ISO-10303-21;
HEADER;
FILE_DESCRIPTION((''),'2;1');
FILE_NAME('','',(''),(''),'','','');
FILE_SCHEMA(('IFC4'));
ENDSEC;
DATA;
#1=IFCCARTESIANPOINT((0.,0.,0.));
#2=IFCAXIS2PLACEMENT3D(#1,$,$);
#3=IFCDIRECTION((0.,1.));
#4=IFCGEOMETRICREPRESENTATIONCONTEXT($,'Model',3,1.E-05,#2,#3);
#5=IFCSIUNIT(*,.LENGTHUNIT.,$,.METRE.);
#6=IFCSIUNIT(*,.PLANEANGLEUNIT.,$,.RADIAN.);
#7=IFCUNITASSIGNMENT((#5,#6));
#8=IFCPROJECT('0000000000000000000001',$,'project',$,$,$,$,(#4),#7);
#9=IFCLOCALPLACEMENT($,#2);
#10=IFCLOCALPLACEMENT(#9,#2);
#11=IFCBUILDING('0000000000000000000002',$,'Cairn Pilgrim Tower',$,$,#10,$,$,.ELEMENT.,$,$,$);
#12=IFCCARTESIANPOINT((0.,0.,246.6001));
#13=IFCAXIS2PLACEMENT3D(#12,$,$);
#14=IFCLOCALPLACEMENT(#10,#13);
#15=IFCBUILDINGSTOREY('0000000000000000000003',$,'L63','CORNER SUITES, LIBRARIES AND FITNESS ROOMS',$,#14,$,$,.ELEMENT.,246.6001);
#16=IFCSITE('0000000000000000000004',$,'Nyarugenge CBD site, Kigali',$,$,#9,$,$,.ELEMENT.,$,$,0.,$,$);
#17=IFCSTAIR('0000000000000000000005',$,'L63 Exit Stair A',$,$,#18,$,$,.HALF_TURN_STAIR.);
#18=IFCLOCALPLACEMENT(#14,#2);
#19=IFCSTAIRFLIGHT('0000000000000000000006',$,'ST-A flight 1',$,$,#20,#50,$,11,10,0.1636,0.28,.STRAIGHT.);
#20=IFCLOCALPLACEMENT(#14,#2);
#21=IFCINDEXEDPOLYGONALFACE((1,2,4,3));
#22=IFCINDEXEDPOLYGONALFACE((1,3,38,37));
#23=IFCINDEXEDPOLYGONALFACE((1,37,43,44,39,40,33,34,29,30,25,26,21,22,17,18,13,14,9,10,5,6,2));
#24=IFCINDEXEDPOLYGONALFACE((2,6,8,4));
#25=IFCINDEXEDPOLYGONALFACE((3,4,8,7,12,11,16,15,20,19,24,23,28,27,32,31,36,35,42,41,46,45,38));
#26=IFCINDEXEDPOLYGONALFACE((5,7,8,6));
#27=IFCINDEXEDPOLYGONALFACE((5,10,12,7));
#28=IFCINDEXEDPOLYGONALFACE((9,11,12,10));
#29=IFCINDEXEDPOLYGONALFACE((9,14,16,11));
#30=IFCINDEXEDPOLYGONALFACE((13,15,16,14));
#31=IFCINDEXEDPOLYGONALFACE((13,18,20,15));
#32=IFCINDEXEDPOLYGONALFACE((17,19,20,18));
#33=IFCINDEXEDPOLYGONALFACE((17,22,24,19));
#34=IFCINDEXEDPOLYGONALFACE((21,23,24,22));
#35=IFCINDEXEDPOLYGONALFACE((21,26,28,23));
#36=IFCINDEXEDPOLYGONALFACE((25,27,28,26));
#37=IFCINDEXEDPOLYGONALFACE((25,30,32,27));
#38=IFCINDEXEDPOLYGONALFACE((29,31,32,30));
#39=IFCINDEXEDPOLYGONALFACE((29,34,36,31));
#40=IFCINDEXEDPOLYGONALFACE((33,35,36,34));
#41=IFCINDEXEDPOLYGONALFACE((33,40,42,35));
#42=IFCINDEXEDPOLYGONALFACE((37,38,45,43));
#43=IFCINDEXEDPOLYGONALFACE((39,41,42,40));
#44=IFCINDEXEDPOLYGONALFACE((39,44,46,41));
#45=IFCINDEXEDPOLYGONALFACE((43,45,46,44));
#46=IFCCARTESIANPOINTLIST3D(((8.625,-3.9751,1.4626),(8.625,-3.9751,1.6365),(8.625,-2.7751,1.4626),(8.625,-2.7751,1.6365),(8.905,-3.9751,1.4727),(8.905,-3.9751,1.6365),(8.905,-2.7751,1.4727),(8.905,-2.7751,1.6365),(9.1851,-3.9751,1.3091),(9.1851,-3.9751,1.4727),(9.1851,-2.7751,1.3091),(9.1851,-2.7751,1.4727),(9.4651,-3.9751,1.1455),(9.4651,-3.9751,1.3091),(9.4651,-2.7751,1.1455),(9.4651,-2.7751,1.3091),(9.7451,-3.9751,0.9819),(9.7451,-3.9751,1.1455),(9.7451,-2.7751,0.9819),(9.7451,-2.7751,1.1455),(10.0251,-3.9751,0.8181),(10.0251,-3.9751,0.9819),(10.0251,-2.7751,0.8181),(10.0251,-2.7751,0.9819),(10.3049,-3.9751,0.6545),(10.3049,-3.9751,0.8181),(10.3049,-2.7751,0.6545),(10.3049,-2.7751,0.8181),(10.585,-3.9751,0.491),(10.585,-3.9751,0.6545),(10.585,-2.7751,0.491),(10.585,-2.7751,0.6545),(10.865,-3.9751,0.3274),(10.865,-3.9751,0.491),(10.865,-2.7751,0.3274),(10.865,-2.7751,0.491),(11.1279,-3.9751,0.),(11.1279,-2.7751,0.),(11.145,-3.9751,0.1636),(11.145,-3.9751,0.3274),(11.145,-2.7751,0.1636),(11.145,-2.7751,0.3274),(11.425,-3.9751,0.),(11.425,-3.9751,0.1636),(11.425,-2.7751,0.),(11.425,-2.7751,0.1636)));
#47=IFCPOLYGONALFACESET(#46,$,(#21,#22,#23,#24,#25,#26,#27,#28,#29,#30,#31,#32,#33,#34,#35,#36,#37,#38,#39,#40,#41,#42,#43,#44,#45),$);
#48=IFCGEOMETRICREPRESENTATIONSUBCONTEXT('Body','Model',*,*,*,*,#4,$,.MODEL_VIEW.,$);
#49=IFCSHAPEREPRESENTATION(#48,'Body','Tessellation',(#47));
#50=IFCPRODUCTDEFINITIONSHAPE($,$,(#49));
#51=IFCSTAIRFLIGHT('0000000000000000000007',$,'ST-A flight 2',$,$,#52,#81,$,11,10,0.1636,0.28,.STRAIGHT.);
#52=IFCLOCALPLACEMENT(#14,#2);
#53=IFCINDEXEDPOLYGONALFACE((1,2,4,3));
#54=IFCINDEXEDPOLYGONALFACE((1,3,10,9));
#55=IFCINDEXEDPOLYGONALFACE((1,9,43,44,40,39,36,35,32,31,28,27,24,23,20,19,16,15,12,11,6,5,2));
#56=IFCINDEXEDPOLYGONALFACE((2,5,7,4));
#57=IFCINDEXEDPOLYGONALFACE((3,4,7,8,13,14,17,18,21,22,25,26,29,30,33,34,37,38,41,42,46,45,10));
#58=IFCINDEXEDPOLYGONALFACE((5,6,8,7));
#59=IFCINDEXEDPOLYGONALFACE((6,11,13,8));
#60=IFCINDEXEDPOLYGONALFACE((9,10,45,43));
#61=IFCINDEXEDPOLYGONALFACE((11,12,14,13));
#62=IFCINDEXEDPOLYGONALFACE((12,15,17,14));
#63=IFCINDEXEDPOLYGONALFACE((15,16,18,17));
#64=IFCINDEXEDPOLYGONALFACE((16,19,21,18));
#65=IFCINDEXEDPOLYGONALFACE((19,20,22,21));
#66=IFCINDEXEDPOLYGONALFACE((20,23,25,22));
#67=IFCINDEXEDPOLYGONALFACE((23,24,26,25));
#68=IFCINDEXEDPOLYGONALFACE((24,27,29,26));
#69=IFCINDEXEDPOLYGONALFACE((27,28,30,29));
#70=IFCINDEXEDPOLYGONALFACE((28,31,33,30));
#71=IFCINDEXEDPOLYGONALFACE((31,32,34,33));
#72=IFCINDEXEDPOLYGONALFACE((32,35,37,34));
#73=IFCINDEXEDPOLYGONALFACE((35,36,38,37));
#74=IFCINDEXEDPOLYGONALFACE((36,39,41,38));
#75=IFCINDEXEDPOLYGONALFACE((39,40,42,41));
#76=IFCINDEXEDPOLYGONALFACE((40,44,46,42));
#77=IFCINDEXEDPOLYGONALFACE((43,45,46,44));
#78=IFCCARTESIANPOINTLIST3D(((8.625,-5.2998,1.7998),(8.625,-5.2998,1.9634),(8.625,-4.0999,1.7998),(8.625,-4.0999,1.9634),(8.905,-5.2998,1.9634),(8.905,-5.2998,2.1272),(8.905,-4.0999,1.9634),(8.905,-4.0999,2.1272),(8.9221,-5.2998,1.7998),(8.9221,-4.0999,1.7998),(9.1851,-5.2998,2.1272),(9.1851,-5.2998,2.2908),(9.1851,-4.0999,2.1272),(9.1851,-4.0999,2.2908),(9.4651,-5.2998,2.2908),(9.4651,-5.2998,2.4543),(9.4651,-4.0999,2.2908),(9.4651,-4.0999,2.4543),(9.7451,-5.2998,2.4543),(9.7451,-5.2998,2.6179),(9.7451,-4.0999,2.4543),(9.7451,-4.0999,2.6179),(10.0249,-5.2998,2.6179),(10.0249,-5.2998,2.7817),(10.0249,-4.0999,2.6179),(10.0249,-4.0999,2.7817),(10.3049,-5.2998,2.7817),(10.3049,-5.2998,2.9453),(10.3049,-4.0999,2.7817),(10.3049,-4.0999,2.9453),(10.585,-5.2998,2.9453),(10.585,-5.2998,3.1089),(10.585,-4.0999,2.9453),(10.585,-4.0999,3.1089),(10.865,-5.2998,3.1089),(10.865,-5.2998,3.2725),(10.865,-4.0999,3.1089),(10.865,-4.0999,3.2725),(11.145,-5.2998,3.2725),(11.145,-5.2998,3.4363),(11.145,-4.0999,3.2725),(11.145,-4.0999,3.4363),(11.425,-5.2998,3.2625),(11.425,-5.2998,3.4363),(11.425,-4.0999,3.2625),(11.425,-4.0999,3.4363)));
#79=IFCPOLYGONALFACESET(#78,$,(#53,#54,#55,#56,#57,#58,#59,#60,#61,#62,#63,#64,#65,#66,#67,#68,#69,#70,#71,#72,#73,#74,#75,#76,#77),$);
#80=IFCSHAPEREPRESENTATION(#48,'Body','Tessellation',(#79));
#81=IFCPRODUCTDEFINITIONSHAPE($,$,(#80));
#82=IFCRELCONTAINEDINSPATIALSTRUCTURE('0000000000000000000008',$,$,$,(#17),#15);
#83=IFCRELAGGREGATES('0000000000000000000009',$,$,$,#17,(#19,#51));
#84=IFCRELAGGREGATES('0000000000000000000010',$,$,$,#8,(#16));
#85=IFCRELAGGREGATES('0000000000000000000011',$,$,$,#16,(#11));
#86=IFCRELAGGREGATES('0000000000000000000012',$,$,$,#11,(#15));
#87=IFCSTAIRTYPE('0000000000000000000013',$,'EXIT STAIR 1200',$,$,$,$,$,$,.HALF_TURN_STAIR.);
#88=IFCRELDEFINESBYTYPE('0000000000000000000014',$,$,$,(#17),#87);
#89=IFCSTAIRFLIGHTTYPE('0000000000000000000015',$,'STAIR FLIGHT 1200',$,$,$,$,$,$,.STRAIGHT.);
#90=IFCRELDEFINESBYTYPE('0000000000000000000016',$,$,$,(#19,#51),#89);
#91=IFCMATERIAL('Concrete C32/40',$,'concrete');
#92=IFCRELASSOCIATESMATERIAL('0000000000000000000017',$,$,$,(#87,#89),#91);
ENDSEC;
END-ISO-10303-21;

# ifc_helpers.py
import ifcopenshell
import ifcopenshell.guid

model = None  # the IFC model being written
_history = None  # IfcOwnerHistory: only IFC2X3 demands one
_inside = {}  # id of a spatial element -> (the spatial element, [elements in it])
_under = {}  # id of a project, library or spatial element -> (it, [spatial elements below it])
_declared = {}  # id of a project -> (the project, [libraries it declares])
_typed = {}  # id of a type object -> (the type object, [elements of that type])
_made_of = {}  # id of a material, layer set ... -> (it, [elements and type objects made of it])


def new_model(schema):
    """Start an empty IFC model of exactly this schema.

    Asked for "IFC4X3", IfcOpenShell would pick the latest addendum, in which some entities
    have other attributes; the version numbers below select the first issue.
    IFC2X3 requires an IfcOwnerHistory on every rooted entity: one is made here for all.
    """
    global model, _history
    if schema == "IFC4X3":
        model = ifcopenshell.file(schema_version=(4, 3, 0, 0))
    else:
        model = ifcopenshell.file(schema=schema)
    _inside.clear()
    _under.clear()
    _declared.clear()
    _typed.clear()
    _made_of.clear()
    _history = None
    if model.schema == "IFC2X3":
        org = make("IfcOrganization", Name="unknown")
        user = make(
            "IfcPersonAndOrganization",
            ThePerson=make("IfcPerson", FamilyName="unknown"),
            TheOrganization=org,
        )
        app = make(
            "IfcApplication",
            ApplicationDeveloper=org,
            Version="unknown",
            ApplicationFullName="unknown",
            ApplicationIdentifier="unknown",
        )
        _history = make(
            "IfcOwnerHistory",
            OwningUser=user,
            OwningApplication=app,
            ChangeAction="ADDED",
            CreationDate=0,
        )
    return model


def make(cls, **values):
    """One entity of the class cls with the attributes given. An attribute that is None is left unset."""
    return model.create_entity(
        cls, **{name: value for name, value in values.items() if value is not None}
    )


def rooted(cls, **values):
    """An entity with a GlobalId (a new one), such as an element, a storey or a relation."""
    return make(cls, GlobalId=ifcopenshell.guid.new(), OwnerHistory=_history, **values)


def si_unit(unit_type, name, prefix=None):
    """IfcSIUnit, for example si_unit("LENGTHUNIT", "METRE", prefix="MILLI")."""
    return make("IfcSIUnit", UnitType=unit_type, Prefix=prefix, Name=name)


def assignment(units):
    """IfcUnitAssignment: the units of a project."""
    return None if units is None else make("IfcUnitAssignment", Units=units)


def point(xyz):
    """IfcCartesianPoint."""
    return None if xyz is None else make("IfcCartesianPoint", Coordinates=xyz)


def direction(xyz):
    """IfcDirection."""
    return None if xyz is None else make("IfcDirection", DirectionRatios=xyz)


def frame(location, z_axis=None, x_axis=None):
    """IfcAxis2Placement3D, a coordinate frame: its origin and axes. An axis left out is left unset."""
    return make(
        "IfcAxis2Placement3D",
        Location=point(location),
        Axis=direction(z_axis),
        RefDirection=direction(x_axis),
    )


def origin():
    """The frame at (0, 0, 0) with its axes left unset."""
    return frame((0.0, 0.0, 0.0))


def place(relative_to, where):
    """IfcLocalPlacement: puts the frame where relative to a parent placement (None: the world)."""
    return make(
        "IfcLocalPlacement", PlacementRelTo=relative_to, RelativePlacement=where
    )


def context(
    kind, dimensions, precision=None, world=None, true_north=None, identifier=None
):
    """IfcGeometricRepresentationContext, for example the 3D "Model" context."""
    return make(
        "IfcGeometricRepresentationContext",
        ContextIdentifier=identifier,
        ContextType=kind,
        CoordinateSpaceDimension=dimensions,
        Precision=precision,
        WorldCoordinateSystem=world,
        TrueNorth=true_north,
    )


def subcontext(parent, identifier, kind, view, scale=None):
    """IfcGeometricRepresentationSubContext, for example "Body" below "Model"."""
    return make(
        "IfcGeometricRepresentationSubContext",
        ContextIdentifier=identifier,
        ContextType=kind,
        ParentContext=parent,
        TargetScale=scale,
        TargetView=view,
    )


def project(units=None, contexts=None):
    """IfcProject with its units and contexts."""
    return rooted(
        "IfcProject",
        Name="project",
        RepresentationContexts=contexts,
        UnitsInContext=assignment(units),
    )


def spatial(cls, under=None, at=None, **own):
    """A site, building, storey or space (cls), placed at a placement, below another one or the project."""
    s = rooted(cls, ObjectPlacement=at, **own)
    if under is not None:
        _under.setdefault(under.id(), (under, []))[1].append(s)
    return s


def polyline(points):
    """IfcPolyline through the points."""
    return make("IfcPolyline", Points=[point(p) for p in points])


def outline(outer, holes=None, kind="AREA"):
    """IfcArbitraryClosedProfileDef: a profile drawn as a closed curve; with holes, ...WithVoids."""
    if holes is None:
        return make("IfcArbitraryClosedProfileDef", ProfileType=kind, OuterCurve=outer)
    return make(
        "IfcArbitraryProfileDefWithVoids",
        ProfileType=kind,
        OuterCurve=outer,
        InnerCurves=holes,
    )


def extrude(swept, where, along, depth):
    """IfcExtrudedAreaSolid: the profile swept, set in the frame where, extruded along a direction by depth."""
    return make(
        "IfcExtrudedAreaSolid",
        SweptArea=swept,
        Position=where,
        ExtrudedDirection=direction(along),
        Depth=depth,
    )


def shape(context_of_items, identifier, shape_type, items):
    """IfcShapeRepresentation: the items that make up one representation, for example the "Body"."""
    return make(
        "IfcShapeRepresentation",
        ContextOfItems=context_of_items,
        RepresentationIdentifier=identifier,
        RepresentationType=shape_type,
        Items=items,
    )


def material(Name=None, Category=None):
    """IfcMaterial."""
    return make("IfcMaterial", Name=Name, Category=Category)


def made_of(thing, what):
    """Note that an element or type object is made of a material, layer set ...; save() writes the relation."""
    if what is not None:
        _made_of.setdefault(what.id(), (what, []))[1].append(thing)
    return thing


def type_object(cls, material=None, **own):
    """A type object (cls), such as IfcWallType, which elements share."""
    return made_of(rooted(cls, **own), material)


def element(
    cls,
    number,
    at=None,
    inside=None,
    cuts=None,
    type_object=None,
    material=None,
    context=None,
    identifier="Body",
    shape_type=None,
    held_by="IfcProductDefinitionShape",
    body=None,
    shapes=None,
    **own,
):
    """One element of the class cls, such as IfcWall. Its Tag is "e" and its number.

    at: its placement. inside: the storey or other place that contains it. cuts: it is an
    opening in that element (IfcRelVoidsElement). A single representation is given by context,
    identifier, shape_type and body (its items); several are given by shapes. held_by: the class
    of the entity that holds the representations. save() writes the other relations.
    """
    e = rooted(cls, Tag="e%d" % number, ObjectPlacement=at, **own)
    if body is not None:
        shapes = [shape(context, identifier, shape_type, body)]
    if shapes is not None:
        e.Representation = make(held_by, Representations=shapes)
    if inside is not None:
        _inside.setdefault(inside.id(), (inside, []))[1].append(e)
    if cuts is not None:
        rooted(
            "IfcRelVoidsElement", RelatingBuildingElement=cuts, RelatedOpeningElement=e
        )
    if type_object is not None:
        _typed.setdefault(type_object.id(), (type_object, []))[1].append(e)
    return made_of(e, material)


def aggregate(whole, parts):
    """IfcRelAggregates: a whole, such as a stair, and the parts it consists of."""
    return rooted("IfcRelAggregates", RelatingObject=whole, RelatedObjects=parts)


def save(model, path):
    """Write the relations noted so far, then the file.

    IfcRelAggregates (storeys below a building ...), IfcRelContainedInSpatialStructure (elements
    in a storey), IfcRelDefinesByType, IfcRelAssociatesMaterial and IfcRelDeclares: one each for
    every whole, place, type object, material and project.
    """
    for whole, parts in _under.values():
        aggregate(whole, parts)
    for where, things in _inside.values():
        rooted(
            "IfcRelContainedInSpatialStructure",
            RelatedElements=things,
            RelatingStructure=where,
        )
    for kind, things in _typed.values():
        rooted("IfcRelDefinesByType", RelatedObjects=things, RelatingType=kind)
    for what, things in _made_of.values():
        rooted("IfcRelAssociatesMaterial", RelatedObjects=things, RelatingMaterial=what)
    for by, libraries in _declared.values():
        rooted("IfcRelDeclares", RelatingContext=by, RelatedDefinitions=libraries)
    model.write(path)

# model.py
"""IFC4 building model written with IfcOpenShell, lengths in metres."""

from ifc_helpers import new_model, si_unit, direction, frame, origin, place, context, subcontext, project, spatial, polyline, outline, extrude, material, type_object, element, aggregate, save


model = new_model("IFC4")

# Units and contexts
model_context = context("Model", 3, precision=1e-05, world=origin(), true_north=direction((0.0, 1.0)))
body_context = subcontext(model_context, "Body", "Model", "MODEL_VIEW")
ifc_project = project(units=[si_unit("LENGTHUNIT", "METRE"), si_unit("PLANEANGLEUNIT", "RADIAN")], contexts=[model_context])

# Site, building, storey
site_placement = place(None, origin())
site = spatial("IfcSite", under=ifc_project, at=site_placement, Name="Nyarugenge CBD site, Kigali", CompositionType="ELEMENT", RefElevation=0.0)
building_placement = place(site_placement, origin())
building = spatial("IfcBuilding", under=site, at=building_placement, Name="Cairn Pilgrim Tower", CompositionType="ELEMENT")
storey_placement = place(building_placement, frame((0.0, 0.0, 246.6001)))
storey = spatial("IfcBuildingStorey", under=building, at=storey_placement, Name="L63", Description="CORNER SUITES, LIBRARIES AND FITNESS ROOMS", CompositionType="ELEMENT", Elevation=246.6001)

# Stair
ifc_material_1 = material(Name="Concrete C32/40", Category="concrete")
stair_type = type_object("IfcStairType", Name="EXIT STAIR 1200", PredefinedType="HALF_TURN_STAIR", material=ifc_material_1)
stair_1_placement = place(storey_placement, origin())
stair_1 = element("IfcStair", 1, at=stair_1_placement, inside=storey, type_object=stair_type, Name="L63 Exit Stair A", PredefinedType="HALF_TURN_STAIR")

# Stair flights
stair_flight_type = type_object("IfcStairFlightType", Name="STAIR FLIGHT 1200", PredefinedType="STRAIGHT", material=ifc_material_1)
stair_flight_1_placement = place(storey_placement, frame((11.425, -3.375, 0.0), z_axis=(0.0, 0.0, 1.0), x_axis=(-1.0, 0.0, 0.0)))
stair_flight_1 = element("IfcStairFlight", 2, at=stair_flight_1_placement, type_object=stair_flight_type, Name="ST-A flight 1", NumberOfRisers=11, NumberOfTreads=10, PredefinedType="STRAIGHT", RiserHeight=0.1636, TreadLength=0.28, context=body_context, shape_type="SweptSolid", body=[
    extrude(outline(polyline([(0.0, 0.0), (0.0, 0.1636), (0.28, 0.1636), (0.28, 0.3274), (0.5601, 0.3274), (0.5601, 0.491), (0.8401, 0.491), (0.8401, 0.6545), (1.1201, 0.6545), (1.1201, 0.8181), (1.3999, 0.8181), (1.3999, 0.9819), (1.6799, 0.9819), (1.6799, 1.1455), (1.96, 1.1455), (1.96, 1.3091), (2.24, 1.3091), (2.24, 1.4727), (2.52, 1.4727), (2.52, 1.6365), (2.8, 1.6365), (2.8, 1.8), (2.8, 1.4626), (0.2971, 0.0), (0.0, 0.0)])), frame((0.0, 0.6001, 0.0), z_axis=(0.0, -1.0, 0.0), x_axis=(1.0, 0.0, 0.0)), (0.0, 0.0, 1.0), 1.2),
])
stair_flight_2_placement = place(storey_placement, frame((8.625, -4.7, 1.7998), z_axis=(0.0, 0.0, 1.0), x_axis=(1.0, 0.0, 0.0)))
stair_flight_2 = element("IfcStairFlight", 3, at=stair_flight_2_placement, type_object=stair_flight_type, Name="ST-A flight 2", NumberOfRisers=11, NumberOfTreads=10, PredefinedType="STRAIGHT", RiserHeight=0.1636, TreadLength=0.28, context=body_context, shape_type="SweptSolid", body=[
    extrude(outline(polyline([(0.0, 0.0), (0.0, 0.1636), (0.28, 0.1636), (0.28, 0.3274), (0.5601, 0.3274), (0.5601, 0.491), (0.8401, 0.491), (0.8401, 0.6545), (1.1201, 0.6545), (1.1201, 0.8181), (1.3999, 0.8181), (1.3999, 0.9819), (1.6799, 0.9819), (1.6799, 1.1455), (1.96, 1.1455), (1.96, 1.3091), (2.24, 1.3091), (2.24, 1.4727), (2.52, 1.4727), (2.52, 1.6365), (2.8, 1.6365), (2.8, 1.8), (2.8, 1.4626), (0.2971, 0.0), (0.0, 0.0)])), frame((0.0, 0.6001, 0.0), z_axis=(0.0, -1.0, 0.0), x_axis=(1.0, 0.0, 0.0)), (0.0, 0.0, 1.0), 1.2),
])
aggregate(stair_1, [stair_flight_1, stair_flight_2])

save(model, "model.ifc")
